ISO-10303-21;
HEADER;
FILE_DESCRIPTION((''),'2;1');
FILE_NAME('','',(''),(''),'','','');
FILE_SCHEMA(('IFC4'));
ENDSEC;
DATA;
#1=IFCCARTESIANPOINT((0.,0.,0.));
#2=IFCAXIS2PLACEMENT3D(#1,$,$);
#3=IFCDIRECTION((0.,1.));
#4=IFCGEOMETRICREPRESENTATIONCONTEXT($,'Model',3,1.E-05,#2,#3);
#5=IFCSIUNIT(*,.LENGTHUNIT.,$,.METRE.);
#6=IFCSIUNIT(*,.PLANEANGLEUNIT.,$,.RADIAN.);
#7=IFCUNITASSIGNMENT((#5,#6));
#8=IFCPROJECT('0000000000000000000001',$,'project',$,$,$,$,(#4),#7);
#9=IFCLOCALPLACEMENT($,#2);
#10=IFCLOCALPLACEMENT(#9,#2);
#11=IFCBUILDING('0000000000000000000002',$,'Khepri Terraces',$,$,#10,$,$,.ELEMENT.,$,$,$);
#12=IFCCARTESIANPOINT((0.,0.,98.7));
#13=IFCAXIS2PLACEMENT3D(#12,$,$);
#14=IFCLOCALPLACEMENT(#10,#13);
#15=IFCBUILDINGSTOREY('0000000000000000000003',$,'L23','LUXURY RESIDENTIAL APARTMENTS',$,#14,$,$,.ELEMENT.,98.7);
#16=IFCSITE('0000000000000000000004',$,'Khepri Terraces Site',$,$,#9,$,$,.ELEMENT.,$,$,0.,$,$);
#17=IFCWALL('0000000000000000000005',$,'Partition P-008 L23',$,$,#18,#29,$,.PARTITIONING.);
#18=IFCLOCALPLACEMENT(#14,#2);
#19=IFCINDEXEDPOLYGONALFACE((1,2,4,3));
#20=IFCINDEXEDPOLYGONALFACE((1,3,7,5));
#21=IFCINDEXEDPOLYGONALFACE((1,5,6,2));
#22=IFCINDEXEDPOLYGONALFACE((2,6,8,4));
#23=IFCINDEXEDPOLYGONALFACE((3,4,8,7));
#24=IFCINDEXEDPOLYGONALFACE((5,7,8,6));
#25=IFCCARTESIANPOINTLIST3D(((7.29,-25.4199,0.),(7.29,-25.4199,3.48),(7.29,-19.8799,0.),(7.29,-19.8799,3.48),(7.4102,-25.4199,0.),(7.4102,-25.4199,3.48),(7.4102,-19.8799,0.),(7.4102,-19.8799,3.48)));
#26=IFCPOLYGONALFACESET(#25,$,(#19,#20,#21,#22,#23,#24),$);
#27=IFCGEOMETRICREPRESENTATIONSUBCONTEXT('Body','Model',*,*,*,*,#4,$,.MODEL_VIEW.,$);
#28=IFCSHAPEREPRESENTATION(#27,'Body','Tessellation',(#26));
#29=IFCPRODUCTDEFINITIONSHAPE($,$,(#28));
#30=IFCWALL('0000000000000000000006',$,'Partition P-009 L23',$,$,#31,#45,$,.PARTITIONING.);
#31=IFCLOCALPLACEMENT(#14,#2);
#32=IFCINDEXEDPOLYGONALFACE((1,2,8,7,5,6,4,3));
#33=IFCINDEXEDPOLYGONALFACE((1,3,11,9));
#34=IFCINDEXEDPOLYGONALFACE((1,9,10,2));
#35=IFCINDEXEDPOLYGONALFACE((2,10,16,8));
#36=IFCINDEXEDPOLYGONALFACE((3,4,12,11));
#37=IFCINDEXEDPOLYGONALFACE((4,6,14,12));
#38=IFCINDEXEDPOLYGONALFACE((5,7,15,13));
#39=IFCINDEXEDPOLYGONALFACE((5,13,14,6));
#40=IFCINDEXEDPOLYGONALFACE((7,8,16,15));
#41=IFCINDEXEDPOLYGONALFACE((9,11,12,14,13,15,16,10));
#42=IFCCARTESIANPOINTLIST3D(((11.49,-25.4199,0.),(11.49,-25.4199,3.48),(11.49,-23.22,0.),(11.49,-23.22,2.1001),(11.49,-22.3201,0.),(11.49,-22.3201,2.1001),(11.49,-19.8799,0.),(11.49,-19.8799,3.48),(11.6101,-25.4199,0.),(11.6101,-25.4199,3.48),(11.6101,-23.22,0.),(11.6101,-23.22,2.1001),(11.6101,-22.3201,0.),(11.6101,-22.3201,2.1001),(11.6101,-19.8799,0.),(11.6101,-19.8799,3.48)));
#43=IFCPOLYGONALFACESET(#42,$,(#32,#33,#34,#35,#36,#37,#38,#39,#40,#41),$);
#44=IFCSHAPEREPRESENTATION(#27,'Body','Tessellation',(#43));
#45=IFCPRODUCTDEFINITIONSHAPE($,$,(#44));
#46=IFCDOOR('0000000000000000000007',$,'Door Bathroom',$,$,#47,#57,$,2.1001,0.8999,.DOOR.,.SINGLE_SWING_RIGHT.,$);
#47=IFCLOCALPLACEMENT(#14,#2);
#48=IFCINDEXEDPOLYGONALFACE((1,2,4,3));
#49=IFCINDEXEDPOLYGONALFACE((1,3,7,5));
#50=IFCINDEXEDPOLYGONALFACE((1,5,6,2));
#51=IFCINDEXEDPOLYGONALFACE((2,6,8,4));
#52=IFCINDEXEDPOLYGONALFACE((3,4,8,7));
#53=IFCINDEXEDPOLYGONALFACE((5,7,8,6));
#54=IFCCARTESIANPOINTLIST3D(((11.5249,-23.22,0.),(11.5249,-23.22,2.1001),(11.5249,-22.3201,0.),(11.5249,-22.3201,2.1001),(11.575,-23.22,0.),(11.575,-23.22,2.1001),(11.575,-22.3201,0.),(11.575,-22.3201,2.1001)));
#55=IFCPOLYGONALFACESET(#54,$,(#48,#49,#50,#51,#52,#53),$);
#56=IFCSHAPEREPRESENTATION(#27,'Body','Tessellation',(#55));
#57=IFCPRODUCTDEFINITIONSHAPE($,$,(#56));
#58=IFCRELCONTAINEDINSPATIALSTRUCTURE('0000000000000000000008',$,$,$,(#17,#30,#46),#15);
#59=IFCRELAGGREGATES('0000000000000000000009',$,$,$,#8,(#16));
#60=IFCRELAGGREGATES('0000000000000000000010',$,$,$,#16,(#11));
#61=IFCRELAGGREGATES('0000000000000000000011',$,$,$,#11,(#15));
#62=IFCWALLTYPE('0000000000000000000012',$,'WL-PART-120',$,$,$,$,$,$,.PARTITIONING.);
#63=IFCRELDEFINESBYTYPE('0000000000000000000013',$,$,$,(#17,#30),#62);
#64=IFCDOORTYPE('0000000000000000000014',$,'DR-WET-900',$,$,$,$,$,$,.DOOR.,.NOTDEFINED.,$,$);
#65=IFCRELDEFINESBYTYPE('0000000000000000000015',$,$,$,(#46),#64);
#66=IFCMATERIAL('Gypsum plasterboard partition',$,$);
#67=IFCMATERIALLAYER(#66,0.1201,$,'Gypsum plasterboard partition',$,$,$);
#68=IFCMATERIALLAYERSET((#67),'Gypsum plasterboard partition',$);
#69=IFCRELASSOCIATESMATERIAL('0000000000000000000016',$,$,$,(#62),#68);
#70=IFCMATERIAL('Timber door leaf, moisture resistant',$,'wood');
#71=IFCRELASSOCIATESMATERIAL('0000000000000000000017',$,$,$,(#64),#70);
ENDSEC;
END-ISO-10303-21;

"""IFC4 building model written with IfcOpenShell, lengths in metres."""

from ifc_helpers import new_model, si_unit, direction, frame, frame_2d, origin, place, context, subcontext, project, spatial, rectangle, extrude, material, layer, layer_set, type_object, element, fill, save


model = new_model("IFC4")

# Units and contexts
model_context = context("Model", 3, precision=1e-05, world=origin(), true_north=direction((0.0, 1.0)))
body_context = subcontext(model_context, "Body", "Model", "MODEL_VIEW")
ifc_project = project(units=[si_unit("LENGTHUNIT", "METRE"), si_unit("PLANEANGLEUNIT", "RADIAN")], contexts=[model_context])

# Site, building, storey
site_placement = place(None, origin())
site = spatial("IfcSite", under=ifc_project, at=site_placement, Name="Khepri Terraces Site", CompositionType="ELEMENT", RefElevation=0.0)
building_placement = place(site_placement, origin())
building = spatial("IfcBuilding", under=site, at=building_placement, Name="Khepri Terraces", CompositionType="ELEMENT")
storey_placement = place(building_placement, frame((0.0, 0.0, 98.7)))
storey = spatial("IfcBuildingStorey", under=building, at=storey_placement, Name="L23", Description="LUXURY RESIDENTIAL APARTMENTS", CompositionType="ELEMENT", Elevation=98.7)

# Shared definitions
ifc_material_1 = material(Name="Gypsum plasterboard partition")
ifc_layer_1 = layer(ifc_material_1, 0.1201, Name="Gypsum plasterboard partition")
ifc_layer_set_1 = layer_set([ifc_layer_1], Name="Gypsum plasterboard partition")
wall_type_1 = type_object("IfcWallType", Name="WL-PART-120", PredefinedType="PARTITIONING", material=ifc_layer_set_1)
ifc_material_2 = material(Name="Timber door leaf, moisture resistant", Category="wood")
door_type_1 = type_object("IfcDoorType", Name="DR-WET-900", OperationType="NOTDEFINED", PredefinedType="DOOR", material=ifc_material_2)

# Wall
wall_1_placement = place(storey_placement, frame((7.3501, -25.4199, 0.0), z_axis=(0.0, 0.0, 1.0), x_axis=(0.0, 1.0, 0.0)))
element("IfcWall", 1, at=wall_1_placement, inside=storey, type_object=wall_type_1, Name="Partition P-008 L23", PredefinedType="PARTITIONING", context=body_context, shape_type="SweptSolid", body=[
    extrude(rectangle(XDim=5.54, YDim=0.1201, at=frame_2d((2.77, 0.0))), origin(), (0.0, 0.0, 1.0), 3.48),
])

# Wall, opening, door
wall_2_placement = place(storey_placement, frame((11.55, -25.4199, 0.0), z_axis=(0.0, 0.0, 1.0), x_axis=(0.0, 1.0, 0.0)))
wall_2 = element("IfcWall", 2, at=wall_2_placement, inside=storey, type_object=wall_type_1, Name="Partition P-009 L23", PredefinedType="PARTITIONING", context=body_context, shape_type="SweptSolid", body=[
    extrude(rectangle(XDim=5.54, YDim=0.1201, at=frame_2d((2.77, 0.0))), origin(), (0.0, 0.0, 1.0), 3.48),
])
opening_1_placement = place(wall_2_placement, frame((2.2, 0.0, 0.0)))
opening_1 = element("IfcOpeningElement", 3, at=opening_1_placement, cuts=wall_2, PredefinedType="OPENING", context=body_context, shape_type="SweptSolid", body=[
    extrude(rectangle(XDim=0.8999, YDim=2.1001, at=frame_2d((0.45, 1.05))), frame((0.0, 0.0701, 0.0), z_axis=(0.0, -1.0, 0.0), x_axis=(1.0, 0.0, 0.0)), (0.0, 0.0, 1.0), 0.1401),
])
door_1_placement = place(opening_1_placement, frame((0.8999, 0.0, 0.0), z_axis=(0.0, 0.0, 1.0), x_axis=(-1.0, 0.0, 0.0)))
door_1 = element("IfcDoor", 4, at=door_1_placement, inside=storey, type_object=door_type_1, Name="Door Bathroom", OperationType="SINGLE_SWING_RIGHT", OverallHeight=2.1001, OverallWidth=0.8999, PredefinedType="DOOR", context=body_context, shape_type="SweptSolid", body=[
    extrude(rectangle(XDim=0.8999, YDim=2.1001, at=frame_2d((0.45, 1.05))), frame((0.0, 0.0249, 0.0), z_axis=(0.0, -1.0, 0.0), x_axis=(1.0, 0.0, 0.0)), (0.0, 0.0, 1.0), 0.05),
])
fill(opening_1, door_1)

save(model, "model.ifc")
